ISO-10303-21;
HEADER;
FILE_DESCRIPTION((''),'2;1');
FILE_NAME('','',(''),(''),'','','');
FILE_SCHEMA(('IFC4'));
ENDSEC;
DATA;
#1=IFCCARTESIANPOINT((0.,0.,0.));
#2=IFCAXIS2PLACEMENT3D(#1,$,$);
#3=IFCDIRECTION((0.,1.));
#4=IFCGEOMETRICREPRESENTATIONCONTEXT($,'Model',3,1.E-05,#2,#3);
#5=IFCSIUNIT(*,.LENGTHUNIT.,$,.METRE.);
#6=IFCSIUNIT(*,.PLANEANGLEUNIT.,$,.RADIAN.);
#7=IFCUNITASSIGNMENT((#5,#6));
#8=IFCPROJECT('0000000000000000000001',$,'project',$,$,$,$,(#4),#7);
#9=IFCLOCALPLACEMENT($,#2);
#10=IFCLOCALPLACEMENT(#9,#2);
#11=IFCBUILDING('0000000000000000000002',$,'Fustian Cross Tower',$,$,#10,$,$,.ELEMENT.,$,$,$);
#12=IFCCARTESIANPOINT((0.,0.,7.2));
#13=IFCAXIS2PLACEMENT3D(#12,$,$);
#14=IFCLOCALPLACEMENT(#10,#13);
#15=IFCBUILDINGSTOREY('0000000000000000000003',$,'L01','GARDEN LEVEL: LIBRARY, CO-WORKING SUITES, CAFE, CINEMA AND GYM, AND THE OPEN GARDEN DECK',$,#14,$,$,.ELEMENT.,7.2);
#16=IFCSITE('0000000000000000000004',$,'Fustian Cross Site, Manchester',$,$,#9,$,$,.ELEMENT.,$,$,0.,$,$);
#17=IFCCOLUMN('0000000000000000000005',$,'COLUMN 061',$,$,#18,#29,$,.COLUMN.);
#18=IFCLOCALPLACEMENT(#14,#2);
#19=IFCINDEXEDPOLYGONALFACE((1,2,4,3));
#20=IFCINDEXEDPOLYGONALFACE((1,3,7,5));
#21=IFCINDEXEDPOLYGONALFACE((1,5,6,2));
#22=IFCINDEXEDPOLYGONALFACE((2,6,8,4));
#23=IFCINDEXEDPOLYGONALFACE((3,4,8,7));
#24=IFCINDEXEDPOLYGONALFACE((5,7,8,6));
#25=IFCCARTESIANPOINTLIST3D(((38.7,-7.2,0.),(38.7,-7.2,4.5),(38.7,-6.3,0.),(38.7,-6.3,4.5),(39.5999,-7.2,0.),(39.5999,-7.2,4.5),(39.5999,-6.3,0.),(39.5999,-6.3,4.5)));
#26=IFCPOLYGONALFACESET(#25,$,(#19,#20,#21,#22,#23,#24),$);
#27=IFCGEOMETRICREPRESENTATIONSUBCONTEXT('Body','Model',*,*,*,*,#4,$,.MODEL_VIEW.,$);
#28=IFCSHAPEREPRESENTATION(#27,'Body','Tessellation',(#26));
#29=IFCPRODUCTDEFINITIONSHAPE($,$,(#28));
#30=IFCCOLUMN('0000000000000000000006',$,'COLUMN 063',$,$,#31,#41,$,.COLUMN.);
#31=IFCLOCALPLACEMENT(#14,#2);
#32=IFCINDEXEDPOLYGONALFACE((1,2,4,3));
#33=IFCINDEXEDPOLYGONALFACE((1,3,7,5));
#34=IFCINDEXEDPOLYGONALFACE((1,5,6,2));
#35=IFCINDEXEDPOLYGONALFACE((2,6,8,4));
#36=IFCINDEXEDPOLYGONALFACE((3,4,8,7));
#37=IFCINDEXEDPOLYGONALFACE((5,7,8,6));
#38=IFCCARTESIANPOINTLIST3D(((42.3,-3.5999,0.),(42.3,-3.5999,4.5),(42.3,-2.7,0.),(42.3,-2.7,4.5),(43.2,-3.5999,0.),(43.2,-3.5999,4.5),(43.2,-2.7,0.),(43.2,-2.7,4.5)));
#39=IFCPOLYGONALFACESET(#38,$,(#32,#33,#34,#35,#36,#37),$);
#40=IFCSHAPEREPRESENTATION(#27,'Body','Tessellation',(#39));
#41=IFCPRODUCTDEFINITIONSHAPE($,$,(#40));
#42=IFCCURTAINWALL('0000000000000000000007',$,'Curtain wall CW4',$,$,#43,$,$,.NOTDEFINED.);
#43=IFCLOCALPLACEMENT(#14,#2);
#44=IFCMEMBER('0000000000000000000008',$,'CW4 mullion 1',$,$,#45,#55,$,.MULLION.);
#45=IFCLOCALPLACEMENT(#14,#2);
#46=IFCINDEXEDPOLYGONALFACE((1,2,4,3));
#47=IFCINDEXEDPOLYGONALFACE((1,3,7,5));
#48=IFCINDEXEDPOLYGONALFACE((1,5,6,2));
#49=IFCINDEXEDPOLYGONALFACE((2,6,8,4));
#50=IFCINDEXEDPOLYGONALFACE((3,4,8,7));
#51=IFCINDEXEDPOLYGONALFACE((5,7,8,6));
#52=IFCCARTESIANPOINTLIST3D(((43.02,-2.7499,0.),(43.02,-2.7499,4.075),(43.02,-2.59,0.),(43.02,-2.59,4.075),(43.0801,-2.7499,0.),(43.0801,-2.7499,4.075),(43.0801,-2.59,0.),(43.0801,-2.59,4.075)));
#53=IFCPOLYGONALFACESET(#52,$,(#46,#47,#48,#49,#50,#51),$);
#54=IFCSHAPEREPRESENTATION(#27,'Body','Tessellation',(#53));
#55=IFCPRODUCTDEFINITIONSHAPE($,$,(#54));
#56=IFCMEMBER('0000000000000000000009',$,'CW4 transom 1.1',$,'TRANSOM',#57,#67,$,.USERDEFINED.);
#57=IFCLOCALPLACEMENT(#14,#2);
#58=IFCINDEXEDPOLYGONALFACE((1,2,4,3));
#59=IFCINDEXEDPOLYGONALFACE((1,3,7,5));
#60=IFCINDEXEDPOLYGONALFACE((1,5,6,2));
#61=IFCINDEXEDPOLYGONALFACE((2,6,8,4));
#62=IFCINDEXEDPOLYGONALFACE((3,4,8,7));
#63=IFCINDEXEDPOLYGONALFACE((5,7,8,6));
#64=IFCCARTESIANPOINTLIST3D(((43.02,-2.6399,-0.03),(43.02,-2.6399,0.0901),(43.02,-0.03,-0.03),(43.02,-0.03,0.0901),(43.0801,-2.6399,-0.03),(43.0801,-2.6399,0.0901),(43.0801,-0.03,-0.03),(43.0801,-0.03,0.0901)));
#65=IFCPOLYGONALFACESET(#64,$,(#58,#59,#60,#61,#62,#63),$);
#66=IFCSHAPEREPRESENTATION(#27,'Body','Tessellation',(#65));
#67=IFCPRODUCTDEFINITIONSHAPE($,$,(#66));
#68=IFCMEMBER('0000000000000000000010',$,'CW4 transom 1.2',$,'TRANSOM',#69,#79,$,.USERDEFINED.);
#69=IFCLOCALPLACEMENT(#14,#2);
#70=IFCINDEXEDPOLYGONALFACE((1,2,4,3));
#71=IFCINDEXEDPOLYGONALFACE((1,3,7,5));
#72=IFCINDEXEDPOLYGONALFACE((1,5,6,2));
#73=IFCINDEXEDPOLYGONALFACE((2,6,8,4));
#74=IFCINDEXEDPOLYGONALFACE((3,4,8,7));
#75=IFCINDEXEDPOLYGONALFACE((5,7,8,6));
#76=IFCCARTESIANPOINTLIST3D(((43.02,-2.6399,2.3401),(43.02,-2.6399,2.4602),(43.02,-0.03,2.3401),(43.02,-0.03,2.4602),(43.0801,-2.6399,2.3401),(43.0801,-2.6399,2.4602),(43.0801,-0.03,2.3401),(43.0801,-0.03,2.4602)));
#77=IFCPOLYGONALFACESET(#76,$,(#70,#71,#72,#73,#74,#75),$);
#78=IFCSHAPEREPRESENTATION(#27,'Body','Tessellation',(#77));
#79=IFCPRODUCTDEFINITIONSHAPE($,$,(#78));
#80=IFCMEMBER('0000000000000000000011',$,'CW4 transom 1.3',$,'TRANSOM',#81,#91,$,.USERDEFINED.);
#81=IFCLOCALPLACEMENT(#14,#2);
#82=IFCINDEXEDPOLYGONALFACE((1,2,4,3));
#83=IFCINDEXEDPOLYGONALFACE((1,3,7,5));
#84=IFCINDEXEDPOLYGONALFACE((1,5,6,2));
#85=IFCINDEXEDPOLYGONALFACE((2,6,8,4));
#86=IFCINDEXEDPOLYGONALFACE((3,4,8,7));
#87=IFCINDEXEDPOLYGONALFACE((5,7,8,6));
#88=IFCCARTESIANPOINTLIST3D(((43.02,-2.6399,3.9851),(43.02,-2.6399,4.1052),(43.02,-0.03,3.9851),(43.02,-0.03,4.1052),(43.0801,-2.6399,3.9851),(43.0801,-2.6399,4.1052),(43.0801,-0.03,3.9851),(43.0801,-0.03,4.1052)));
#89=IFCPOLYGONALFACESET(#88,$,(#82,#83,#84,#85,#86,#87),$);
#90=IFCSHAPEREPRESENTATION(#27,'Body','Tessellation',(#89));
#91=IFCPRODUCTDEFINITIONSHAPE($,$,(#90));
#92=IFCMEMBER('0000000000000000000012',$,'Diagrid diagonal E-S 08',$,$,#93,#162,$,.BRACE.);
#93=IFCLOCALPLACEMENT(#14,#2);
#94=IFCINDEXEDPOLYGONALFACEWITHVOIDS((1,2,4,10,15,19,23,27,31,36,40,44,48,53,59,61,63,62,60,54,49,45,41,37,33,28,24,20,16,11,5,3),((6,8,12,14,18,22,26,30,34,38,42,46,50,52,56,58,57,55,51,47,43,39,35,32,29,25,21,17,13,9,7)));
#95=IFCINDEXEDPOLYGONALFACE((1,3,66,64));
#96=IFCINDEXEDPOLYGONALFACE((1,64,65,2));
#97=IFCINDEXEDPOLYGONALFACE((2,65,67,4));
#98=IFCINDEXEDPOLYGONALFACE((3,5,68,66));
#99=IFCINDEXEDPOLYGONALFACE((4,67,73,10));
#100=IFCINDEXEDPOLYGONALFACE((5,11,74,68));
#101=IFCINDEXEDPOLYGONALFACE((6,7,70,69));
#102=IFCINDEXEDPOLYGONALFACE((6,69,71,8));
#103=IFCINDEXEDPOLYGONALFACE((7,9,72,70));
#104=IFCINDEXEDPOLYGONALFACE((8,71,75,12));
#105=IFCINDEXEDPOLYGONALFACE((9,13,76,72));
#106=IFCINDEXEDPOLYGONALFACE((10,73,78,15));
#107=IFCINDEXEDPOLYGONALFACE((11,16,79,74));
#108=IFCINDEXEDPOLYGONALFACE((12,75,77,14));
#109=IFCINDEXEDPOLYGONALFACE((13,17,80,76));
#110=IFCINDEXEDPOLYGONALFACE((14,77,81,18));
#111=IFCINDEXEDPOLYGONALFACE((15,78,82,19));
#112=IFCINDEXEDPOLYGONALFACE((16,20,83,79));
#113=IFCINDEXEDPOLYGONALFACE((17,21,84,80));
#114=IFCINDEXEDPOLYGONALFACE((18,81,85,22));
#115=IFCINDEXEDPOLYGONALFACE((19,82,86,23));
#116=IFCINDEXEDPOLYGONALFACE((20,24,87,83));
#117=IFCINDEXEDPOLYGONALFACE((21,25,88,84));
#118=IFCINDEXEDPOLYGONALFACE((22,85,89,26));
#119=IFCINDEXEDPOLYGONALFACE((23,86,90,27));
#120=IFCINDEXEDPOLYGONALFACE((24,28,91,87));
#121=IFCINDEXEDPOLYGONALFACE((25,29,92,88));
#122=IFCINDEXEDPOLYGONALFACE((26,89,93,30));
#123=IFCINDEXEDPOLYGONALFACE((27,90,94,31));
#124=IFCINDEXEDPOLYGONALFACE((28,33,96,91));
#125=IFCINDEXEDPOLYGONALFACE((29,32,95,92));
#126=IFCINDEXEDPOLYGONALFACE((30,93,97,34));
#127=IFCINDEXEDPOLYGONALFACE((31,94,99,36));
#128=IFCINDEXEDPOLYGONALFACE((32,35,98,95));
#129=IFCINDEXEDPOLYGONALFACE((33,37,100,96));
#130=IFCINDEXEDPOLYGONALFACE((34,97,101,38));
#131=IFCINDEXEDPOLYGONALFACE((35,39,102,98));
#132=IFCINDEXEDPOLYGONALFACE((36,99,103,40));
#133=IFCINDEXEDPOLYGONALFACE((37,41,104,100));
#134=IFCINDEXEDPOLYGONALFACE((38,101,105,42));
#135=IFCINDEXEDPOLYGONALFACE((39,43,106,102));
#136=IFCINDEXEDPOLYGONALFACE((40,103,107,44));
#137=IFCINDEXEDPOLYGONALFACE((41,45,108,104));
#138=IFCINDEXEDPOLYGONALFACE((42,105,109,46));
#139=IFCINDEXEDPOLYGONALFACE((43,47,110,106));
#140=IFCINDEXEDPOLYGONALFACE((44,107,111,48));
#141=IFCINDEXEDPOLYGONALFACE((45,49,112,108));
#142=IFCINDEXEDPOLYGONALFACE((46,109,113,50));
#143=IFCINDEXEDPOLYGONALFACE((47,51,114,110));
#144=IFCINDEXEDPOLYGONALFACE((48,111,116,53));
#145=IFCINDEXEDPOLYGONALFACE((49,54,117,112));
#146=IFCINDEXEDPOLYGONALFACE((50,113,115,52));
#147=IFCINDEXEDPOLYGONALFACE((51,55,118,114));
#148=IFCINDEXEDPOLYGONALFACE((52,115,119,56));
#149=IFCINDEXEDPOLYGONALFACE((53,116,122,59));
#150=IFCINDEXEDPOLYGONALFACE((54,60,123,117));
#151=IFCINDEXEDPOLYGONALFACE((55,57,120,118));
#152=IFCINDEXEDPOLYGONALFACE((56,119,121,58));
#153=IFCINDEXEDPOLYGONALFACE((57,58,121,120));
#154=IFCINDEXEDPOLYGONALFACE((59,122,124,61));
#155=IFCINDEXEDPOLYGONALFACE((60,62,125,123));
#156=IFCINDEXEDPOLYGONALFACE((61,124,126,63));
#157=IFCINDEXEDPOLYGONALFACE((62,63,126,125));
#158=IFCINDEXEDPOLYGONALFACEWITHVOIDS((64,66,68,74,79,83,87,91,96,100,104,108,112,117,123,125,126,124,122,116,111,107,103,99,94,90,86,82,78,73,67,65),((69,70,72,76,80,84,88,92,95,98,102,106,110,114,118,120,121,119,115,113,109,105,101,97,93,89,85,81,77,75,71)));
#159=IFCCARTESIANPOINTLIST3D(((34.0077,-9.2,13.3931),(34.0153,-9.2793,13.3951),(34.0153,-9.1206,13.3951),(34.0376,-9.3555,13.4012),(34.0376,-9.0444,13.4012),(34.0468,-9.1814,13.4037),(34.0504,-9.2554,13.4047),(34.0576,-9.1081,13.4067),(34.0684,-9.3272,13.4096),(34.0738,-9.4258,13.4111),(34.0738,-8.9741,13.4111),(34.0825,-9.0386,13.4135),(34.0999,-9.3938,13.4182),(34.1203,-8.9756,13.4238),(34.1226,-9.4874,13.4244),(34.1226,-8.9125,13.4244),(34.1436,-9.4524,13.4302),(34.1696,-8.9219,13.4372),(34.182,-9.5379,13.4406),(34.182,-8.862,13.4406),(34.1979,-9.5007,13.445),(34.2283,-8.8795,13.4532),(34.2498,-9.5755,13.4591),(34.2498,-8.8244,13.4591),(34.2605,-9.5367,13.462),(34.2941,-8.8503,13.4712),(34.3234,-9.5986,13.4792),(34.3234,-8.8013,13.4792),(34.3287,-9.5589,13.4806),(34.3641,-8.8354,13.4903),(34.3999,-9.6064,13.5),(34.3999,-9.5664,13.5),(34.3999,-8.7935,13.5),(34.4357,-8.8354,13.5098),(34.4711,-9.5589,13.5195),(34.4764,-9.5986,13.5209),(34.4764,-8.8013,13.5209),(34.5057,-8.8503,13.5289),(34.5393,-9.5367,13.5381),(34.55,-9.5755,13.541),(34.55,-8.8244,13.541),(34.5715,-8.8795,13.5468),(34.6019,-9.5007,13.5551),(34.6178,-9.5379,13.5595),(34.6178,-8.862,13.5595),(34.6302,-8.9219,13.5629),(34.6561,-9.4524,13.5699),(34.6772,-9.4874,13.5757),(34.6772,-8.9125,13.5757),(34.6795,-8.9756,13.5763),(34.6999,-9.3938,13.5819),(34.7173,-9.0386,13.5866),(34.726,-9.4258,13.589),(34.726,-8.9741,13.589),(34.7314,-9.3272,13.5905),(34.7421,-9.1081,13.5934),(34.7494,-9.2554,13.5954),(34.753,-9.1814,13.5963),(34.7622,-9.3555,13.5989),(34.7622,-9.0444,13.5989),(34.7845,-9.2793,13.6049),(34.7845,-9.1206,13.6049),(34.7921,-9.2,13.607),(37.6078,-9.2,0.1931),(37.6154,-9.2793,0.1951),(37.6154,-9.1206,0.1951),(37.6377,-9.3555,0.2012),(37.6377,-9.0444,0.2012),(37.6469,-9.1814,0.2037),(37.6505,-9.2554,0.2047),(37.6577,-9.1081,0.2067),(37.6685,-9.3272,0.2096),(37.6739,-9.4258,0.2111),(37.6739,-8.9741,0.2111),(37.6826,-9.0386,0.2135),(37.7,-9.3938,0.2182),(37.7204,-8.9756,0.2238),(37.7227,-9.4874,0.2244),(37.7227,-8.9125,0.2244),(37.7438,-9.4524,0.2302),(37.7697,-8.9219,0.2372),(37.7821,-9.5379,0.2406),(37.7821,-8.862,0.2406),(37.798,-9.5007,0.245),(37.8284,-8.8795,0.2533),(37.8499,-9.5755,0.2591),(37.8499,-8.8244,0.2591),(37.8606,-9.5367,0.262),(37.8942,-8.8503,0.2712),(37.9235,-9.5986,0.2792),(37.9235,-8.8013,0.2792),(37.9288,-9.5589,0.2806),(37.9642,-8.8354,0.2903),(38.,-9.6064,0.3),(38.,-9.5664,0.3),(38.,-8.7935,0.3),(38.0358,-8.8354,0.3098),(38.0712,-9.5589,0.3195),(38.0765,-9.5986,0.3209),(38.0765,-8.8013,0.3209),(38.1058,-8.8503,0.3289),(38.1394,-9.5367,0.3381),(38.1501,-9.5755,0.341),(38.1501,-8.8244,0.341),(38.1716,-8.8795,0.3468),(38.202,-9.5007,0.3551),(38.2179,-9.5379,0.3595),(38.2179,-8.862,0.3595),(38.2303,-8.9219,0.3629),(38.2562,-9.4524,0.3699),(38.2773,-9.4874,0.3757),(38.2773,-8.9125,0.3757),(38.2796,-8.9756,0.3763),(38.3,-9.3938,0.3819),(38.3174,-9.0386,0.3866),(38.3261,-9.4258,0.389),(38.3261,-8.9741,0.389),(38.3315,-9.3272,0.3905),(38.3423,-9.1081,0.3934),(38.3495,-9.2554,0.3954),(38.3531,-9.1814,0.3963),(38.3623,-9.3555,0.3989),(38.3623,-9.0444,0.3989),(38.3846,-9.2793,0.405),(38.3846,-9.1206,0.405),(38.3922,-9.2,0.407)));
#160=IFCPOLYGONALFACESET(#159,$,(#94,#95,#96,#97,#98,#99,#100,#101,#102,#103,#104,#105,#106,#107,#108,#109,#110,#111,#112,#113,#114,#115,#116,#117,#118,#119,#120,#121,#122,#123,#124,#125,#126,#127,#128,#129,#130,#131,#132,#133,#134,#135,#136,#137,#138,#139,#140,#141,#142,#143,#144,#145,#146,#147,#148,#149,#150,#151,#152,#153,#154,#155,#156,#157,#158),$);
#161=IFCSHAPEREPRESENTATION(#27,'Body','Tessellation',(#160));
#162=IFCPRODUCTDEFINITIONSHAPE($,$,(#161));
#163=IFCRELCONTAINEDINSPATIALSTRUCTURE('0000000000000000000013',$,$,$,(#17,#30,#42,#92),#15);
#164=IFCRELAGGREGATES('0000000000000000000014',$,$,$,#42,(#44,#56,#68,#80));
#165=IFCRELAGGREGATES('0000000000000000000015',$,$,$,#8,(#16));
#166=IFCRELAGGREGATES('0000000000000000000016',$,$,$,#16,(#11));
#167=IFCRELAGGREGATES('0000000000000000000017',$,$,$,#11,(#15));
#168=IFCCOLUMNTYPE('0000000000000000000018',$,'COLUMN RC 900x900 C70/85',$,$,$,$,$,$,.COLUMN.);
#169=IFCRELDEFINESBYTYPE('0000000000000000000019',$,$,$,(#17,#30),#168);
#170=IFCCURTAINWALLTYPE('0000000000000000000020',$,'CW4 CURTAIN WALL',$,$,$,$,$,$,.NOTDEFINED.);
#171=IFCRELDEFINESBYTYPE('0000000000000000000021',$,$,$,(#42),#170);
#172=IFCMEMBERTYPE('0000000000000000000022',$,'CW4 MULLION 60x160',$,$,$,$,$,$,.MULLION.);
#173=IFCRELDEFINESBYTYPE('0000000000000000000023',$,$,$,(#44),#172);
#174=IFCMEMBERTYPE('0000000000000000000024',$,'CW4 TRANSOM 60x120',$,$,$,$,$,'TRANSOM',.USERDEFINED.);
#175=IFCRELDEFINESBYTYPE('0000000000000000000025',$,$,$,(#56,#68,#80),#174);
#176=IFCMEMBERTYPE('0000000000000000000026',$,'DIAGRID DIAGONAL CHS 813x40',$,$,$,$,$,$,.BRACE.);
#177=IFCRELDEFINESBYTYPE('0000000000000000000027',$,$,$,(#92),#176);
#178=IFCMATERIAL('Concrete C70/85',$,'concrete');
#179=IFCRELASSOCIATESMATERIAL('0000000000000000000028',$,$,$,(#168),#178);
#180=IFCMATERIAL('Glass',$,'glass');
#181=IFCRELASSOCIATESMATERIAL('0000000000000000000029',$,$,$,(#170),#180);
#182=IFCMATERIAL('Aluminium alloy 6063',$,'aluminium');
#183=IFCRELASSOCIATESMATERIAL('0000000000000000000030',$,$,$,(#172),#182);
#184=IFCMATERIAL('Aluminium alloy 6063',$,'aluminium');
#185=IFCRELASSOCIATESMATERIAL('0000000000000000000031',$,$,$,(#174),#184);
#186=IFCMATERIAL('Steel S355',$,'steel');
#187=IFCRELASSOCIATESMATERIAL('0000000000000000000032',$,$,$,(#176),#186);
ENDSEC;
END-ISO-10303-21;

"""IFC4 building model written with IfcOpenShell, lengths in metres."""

from ifc_helpers import new_model, si_unit, direction, frame, origin, origin_2d, place, context, subcontext, project, spatial, rectangle, hollow_circle, extrude, material, material_profile, profile_set, type_object, element, aggregate, save


model = new_model("IFC4")

# Units and contexts
model_context = context("Model", 3, precision=1e-05, world=origin(), true_north=direction((0.0, 1.0)))
body_context = subcontext(model_context, "Body", "Model", "MODEL_VIEW")
ifc_project = project(units=[si_unit("LENGTHUNIT", "METRE"), si_unit("PLANEANGLEUNIT", "RADIAN")], contexts=[model_context])

# Site, building, storey
site_placement = place(None, origin())
site = spatial("IfcSite", under=ifc_project, at=site_placement, Name="Fustian Cross Site, Manchester", CompositionType="ELEMENT", RefElevation=0.0)
building_placement = place(site_placement, origin())
building = spatial("IfcBuilding", under=site, at=building_placement, Name="Fustian Cross Tower", CompositionType="ELEMENT")
storey_placement = place(building_placement, frame((0.0, 0.0, 7.2)))
storey = spatial("IfcBuildingStorey", under=building, at=storey_placement, Name="L01", Description="GARDEN LEVEL: LIBRARY, CO-WORKING SUITES, CAFE, CINEMA AND GYM, AND THE OPEN GARDEN DECK", CompositionType="ELEMENT", Elevation=7.2)

# Columns
ifc_material_1 = material(Name="Concrete C70/85", Category="concrete")
ifc_material_profile_1 = material_profile(ifc_material_1, rectangle(XDim=0.8999, YDim=0.8999, at=origin_2d()), Name="RC 900x900")
ifc_profile_set_1 = profile_set([ifc_material_profile_1], Name="Concrete C70/85")
column_type = type_object("IfcColumnType", Name="COLUMN RC 900x900 C70/85", PredefinedType="COLUMN", material=ifc_profile_set_1)
for number, where, z_axis, x_axis, name in (
    (1, (39.1499, -6.75, 0.0), (0.0, 0.0, 1.0), (1.0, 0.0, 0.0), "COLUMN 061"),
    (2, (42.75, -3.1499, 0.0), (0.0, 0.0, 1.0), (1.0, 0.0, 0.0), "COLUMN 063"),
):
    element("IfcColumn", number, at=place(storey_placement, frame(where, z_axis=z_axis, x_axis=x_axis)), inside=storey, type_object=column_type, Name=name, PredefinedType="COLUMN", context=body_context, shape_type="SweptSolid", body=[
        extrude(rectangle(XDim=0.8999, YDim=0.8999, at=origin_2d()), origin(), (0.0, 0.0, 1.0), 4.5),
    ])

# Curtain wall, members
ifc_material_2 = material(Name="Glass", Category="glass")
curtain_wall_type = type_object("IfcCurtainWallType", Name="CW4 CURTAIN WALL", PredefinedType="NOTDEFINED", material=ifc_material_2)
curtain_wall_placement = place(storey_placement, origin())
curtain_wall = element("IfcCurtainWall", 3, at=curtain_wall_placement, inside=storey, type_object=curtain_wall_type, Name="Curtain wall CW4", PredefinedType="NOTDEFINED")
ifc_material_3 = material(Name="Aluminium alloy 6063", Category="aluminium")
ifc_material_profile_2 = material_profile(ifc_material_3, rectangle(XDim=0.0601, YDim=0.1599, at=origin_2d()), Name="CW4 MULLION 60x160")
ifc_profile_set_2 = profile_set([ifc_material_profile_2], Name="Aluminium alloy 6063")
member_type_1 = type_object("IfcMemberType", Name="CW4 MULLION 60x160", PredefinedType="MULLION", material=ifc_profile_set_2)
member_1_placement = place(storey_placement, frame((43.05, -2.6699, 0.0), z_axis=(0.0, 0.0, 1.0), x_axis=(-1.0, 0.0, 0.0)))
member_1 = element("IfcMember", 4, at=member_1_placement, type_object=member_type_1, Name="CW4 mullion 1", PredefinedType="MULLION", context=body_context, shape_type="SweptSolid", body=[
    extrude(rectangle(XDim=0.0601, YDim=0.1599, at=origin_2d()), origin(), (0.0, 0.0, 1.0), 4.075),
])
ifc_material_4 = material(Name="Aluminium alloy 6063", Category="aluminium")
ifc_material_profile_3 = material_profile(ifc_material_4, rectangle(XDim=0.0601, YDim=0.1201, at=origin_2d()), Name="CW4 TRANSOM 60x120")
ifc_profile_set_3 = profile_set([ifc_material_profile_3], Name="Aluminium alloy 6063")
member_type_2 = type_object("IfcMemberType", Name="CW4 TRANSOM 60x120", ElementType="TRANSOM", PredefinedType="USERDEFINED", material=ifc_profile_set_3)
member_2_placement = place(storey_placement, frame((43.05, -2.6399, 0.03), z_axis=(0.0, 1.0, 0.0), x_axis=(-1.0, 0.0, 0.0)))
member_2 = element("IfcMember", 5, at=member_2_placement, type_object=member_type_2, Name="CW4 transom 1.1", ObjectType="TRANSOM", PredefinedType="USERDEFINED", context=body_context, shape_type="SweptSolid", body=[
    extrude(rectangle(XDim=0.0601, YDim=0.1201, at=origin_2d()), origin(), (0.0, 0.0, 1.0), 2.6099),
])
member_3_placement = place(storey_placement, frame((43.05, -2.6399, 2.4001), z_axis=(0.0, 1.0, 0.0), x_axis=(-1.0, 0.0, 0.0)))
member_3 = element("IfcMember", 6, at=member_3_placement, type_object=member_type_2, Name="CW4 transom 1.2", ObjectType="TRANSOM", PredefinedType="USERDEFINED", context=body_context, shape_type="SweptSolid", body=[
    extrude(rectangle(XDim=0.0601, YDim=0.1201, at=origin_2d()), origin(), (0.0, 0.0, 1.0), 2.6099),
])
member_4_placement = place(storey_placement, frame((43.05, -2.6399, 4.0452), z_axis=(0.0, 1.0, 0.0), x_axis=(-1.0, 0.0, 0.0)))
member_4 = element("IfcMember", 7, at=member_4_placement, type_object=member_type_2, Name="CW4 transom 1.3", ObjectType="TRANSOM", PredefinedType="USERDEFINED", context=body_context, shape_type="SweptSolid", body=[
    extrude(rectangle(XDim=0.0601, YDim=0.1201, at=origin_2d()), origin(), (0.0, 0.0, 1.0), 2.6099),
])

# Member
ifc_material_5 = material(Name="Steel S355", Category="steel")
ifc_material_profile_4 = material_profile(ifc_material_5, hollow_circle(Radius=0.4065, WallThickness=0.04, at=origin_2d()), Name="CHS 813x40")
ifc_profile_set_4 = profile_set([ifc_material_profile_4], Name="Steel S355")
member_type_3 = type_object("IfcMemberType", Name="DIAGRID DIAGONAL CHS 813x40", PredefinedType="BRACE", material=ifc_profile_set_4)
for number, where, z_axis, x_axis, name in (
    (8, (38.0, -9.2, 0.3), (-0.263125, 0.0, 0.964762), (0.0, -1.0, 0.0), "Diagrid diagonal E-S 08"),
):
    element("IfcMember", number, at=place(storey_placement, frame(where, z_axis=z_axis, x_axis=x_axis)), inside=storey, type_object=member_type_3, Name=name, PredefinedType="BRACE", context=body_context, shape_type="SweptSolid", body=[
        extrude(hollow_circle(Radius=0.4065, WallThickness=0.04, at=origin_2d()), origin(), (0.0, 0.0, 1.0), 13.6821),
    ])

aggregate(curtain_wall, [member_1, member_2, member_3, member_4])

save(model, "model.ifc")
